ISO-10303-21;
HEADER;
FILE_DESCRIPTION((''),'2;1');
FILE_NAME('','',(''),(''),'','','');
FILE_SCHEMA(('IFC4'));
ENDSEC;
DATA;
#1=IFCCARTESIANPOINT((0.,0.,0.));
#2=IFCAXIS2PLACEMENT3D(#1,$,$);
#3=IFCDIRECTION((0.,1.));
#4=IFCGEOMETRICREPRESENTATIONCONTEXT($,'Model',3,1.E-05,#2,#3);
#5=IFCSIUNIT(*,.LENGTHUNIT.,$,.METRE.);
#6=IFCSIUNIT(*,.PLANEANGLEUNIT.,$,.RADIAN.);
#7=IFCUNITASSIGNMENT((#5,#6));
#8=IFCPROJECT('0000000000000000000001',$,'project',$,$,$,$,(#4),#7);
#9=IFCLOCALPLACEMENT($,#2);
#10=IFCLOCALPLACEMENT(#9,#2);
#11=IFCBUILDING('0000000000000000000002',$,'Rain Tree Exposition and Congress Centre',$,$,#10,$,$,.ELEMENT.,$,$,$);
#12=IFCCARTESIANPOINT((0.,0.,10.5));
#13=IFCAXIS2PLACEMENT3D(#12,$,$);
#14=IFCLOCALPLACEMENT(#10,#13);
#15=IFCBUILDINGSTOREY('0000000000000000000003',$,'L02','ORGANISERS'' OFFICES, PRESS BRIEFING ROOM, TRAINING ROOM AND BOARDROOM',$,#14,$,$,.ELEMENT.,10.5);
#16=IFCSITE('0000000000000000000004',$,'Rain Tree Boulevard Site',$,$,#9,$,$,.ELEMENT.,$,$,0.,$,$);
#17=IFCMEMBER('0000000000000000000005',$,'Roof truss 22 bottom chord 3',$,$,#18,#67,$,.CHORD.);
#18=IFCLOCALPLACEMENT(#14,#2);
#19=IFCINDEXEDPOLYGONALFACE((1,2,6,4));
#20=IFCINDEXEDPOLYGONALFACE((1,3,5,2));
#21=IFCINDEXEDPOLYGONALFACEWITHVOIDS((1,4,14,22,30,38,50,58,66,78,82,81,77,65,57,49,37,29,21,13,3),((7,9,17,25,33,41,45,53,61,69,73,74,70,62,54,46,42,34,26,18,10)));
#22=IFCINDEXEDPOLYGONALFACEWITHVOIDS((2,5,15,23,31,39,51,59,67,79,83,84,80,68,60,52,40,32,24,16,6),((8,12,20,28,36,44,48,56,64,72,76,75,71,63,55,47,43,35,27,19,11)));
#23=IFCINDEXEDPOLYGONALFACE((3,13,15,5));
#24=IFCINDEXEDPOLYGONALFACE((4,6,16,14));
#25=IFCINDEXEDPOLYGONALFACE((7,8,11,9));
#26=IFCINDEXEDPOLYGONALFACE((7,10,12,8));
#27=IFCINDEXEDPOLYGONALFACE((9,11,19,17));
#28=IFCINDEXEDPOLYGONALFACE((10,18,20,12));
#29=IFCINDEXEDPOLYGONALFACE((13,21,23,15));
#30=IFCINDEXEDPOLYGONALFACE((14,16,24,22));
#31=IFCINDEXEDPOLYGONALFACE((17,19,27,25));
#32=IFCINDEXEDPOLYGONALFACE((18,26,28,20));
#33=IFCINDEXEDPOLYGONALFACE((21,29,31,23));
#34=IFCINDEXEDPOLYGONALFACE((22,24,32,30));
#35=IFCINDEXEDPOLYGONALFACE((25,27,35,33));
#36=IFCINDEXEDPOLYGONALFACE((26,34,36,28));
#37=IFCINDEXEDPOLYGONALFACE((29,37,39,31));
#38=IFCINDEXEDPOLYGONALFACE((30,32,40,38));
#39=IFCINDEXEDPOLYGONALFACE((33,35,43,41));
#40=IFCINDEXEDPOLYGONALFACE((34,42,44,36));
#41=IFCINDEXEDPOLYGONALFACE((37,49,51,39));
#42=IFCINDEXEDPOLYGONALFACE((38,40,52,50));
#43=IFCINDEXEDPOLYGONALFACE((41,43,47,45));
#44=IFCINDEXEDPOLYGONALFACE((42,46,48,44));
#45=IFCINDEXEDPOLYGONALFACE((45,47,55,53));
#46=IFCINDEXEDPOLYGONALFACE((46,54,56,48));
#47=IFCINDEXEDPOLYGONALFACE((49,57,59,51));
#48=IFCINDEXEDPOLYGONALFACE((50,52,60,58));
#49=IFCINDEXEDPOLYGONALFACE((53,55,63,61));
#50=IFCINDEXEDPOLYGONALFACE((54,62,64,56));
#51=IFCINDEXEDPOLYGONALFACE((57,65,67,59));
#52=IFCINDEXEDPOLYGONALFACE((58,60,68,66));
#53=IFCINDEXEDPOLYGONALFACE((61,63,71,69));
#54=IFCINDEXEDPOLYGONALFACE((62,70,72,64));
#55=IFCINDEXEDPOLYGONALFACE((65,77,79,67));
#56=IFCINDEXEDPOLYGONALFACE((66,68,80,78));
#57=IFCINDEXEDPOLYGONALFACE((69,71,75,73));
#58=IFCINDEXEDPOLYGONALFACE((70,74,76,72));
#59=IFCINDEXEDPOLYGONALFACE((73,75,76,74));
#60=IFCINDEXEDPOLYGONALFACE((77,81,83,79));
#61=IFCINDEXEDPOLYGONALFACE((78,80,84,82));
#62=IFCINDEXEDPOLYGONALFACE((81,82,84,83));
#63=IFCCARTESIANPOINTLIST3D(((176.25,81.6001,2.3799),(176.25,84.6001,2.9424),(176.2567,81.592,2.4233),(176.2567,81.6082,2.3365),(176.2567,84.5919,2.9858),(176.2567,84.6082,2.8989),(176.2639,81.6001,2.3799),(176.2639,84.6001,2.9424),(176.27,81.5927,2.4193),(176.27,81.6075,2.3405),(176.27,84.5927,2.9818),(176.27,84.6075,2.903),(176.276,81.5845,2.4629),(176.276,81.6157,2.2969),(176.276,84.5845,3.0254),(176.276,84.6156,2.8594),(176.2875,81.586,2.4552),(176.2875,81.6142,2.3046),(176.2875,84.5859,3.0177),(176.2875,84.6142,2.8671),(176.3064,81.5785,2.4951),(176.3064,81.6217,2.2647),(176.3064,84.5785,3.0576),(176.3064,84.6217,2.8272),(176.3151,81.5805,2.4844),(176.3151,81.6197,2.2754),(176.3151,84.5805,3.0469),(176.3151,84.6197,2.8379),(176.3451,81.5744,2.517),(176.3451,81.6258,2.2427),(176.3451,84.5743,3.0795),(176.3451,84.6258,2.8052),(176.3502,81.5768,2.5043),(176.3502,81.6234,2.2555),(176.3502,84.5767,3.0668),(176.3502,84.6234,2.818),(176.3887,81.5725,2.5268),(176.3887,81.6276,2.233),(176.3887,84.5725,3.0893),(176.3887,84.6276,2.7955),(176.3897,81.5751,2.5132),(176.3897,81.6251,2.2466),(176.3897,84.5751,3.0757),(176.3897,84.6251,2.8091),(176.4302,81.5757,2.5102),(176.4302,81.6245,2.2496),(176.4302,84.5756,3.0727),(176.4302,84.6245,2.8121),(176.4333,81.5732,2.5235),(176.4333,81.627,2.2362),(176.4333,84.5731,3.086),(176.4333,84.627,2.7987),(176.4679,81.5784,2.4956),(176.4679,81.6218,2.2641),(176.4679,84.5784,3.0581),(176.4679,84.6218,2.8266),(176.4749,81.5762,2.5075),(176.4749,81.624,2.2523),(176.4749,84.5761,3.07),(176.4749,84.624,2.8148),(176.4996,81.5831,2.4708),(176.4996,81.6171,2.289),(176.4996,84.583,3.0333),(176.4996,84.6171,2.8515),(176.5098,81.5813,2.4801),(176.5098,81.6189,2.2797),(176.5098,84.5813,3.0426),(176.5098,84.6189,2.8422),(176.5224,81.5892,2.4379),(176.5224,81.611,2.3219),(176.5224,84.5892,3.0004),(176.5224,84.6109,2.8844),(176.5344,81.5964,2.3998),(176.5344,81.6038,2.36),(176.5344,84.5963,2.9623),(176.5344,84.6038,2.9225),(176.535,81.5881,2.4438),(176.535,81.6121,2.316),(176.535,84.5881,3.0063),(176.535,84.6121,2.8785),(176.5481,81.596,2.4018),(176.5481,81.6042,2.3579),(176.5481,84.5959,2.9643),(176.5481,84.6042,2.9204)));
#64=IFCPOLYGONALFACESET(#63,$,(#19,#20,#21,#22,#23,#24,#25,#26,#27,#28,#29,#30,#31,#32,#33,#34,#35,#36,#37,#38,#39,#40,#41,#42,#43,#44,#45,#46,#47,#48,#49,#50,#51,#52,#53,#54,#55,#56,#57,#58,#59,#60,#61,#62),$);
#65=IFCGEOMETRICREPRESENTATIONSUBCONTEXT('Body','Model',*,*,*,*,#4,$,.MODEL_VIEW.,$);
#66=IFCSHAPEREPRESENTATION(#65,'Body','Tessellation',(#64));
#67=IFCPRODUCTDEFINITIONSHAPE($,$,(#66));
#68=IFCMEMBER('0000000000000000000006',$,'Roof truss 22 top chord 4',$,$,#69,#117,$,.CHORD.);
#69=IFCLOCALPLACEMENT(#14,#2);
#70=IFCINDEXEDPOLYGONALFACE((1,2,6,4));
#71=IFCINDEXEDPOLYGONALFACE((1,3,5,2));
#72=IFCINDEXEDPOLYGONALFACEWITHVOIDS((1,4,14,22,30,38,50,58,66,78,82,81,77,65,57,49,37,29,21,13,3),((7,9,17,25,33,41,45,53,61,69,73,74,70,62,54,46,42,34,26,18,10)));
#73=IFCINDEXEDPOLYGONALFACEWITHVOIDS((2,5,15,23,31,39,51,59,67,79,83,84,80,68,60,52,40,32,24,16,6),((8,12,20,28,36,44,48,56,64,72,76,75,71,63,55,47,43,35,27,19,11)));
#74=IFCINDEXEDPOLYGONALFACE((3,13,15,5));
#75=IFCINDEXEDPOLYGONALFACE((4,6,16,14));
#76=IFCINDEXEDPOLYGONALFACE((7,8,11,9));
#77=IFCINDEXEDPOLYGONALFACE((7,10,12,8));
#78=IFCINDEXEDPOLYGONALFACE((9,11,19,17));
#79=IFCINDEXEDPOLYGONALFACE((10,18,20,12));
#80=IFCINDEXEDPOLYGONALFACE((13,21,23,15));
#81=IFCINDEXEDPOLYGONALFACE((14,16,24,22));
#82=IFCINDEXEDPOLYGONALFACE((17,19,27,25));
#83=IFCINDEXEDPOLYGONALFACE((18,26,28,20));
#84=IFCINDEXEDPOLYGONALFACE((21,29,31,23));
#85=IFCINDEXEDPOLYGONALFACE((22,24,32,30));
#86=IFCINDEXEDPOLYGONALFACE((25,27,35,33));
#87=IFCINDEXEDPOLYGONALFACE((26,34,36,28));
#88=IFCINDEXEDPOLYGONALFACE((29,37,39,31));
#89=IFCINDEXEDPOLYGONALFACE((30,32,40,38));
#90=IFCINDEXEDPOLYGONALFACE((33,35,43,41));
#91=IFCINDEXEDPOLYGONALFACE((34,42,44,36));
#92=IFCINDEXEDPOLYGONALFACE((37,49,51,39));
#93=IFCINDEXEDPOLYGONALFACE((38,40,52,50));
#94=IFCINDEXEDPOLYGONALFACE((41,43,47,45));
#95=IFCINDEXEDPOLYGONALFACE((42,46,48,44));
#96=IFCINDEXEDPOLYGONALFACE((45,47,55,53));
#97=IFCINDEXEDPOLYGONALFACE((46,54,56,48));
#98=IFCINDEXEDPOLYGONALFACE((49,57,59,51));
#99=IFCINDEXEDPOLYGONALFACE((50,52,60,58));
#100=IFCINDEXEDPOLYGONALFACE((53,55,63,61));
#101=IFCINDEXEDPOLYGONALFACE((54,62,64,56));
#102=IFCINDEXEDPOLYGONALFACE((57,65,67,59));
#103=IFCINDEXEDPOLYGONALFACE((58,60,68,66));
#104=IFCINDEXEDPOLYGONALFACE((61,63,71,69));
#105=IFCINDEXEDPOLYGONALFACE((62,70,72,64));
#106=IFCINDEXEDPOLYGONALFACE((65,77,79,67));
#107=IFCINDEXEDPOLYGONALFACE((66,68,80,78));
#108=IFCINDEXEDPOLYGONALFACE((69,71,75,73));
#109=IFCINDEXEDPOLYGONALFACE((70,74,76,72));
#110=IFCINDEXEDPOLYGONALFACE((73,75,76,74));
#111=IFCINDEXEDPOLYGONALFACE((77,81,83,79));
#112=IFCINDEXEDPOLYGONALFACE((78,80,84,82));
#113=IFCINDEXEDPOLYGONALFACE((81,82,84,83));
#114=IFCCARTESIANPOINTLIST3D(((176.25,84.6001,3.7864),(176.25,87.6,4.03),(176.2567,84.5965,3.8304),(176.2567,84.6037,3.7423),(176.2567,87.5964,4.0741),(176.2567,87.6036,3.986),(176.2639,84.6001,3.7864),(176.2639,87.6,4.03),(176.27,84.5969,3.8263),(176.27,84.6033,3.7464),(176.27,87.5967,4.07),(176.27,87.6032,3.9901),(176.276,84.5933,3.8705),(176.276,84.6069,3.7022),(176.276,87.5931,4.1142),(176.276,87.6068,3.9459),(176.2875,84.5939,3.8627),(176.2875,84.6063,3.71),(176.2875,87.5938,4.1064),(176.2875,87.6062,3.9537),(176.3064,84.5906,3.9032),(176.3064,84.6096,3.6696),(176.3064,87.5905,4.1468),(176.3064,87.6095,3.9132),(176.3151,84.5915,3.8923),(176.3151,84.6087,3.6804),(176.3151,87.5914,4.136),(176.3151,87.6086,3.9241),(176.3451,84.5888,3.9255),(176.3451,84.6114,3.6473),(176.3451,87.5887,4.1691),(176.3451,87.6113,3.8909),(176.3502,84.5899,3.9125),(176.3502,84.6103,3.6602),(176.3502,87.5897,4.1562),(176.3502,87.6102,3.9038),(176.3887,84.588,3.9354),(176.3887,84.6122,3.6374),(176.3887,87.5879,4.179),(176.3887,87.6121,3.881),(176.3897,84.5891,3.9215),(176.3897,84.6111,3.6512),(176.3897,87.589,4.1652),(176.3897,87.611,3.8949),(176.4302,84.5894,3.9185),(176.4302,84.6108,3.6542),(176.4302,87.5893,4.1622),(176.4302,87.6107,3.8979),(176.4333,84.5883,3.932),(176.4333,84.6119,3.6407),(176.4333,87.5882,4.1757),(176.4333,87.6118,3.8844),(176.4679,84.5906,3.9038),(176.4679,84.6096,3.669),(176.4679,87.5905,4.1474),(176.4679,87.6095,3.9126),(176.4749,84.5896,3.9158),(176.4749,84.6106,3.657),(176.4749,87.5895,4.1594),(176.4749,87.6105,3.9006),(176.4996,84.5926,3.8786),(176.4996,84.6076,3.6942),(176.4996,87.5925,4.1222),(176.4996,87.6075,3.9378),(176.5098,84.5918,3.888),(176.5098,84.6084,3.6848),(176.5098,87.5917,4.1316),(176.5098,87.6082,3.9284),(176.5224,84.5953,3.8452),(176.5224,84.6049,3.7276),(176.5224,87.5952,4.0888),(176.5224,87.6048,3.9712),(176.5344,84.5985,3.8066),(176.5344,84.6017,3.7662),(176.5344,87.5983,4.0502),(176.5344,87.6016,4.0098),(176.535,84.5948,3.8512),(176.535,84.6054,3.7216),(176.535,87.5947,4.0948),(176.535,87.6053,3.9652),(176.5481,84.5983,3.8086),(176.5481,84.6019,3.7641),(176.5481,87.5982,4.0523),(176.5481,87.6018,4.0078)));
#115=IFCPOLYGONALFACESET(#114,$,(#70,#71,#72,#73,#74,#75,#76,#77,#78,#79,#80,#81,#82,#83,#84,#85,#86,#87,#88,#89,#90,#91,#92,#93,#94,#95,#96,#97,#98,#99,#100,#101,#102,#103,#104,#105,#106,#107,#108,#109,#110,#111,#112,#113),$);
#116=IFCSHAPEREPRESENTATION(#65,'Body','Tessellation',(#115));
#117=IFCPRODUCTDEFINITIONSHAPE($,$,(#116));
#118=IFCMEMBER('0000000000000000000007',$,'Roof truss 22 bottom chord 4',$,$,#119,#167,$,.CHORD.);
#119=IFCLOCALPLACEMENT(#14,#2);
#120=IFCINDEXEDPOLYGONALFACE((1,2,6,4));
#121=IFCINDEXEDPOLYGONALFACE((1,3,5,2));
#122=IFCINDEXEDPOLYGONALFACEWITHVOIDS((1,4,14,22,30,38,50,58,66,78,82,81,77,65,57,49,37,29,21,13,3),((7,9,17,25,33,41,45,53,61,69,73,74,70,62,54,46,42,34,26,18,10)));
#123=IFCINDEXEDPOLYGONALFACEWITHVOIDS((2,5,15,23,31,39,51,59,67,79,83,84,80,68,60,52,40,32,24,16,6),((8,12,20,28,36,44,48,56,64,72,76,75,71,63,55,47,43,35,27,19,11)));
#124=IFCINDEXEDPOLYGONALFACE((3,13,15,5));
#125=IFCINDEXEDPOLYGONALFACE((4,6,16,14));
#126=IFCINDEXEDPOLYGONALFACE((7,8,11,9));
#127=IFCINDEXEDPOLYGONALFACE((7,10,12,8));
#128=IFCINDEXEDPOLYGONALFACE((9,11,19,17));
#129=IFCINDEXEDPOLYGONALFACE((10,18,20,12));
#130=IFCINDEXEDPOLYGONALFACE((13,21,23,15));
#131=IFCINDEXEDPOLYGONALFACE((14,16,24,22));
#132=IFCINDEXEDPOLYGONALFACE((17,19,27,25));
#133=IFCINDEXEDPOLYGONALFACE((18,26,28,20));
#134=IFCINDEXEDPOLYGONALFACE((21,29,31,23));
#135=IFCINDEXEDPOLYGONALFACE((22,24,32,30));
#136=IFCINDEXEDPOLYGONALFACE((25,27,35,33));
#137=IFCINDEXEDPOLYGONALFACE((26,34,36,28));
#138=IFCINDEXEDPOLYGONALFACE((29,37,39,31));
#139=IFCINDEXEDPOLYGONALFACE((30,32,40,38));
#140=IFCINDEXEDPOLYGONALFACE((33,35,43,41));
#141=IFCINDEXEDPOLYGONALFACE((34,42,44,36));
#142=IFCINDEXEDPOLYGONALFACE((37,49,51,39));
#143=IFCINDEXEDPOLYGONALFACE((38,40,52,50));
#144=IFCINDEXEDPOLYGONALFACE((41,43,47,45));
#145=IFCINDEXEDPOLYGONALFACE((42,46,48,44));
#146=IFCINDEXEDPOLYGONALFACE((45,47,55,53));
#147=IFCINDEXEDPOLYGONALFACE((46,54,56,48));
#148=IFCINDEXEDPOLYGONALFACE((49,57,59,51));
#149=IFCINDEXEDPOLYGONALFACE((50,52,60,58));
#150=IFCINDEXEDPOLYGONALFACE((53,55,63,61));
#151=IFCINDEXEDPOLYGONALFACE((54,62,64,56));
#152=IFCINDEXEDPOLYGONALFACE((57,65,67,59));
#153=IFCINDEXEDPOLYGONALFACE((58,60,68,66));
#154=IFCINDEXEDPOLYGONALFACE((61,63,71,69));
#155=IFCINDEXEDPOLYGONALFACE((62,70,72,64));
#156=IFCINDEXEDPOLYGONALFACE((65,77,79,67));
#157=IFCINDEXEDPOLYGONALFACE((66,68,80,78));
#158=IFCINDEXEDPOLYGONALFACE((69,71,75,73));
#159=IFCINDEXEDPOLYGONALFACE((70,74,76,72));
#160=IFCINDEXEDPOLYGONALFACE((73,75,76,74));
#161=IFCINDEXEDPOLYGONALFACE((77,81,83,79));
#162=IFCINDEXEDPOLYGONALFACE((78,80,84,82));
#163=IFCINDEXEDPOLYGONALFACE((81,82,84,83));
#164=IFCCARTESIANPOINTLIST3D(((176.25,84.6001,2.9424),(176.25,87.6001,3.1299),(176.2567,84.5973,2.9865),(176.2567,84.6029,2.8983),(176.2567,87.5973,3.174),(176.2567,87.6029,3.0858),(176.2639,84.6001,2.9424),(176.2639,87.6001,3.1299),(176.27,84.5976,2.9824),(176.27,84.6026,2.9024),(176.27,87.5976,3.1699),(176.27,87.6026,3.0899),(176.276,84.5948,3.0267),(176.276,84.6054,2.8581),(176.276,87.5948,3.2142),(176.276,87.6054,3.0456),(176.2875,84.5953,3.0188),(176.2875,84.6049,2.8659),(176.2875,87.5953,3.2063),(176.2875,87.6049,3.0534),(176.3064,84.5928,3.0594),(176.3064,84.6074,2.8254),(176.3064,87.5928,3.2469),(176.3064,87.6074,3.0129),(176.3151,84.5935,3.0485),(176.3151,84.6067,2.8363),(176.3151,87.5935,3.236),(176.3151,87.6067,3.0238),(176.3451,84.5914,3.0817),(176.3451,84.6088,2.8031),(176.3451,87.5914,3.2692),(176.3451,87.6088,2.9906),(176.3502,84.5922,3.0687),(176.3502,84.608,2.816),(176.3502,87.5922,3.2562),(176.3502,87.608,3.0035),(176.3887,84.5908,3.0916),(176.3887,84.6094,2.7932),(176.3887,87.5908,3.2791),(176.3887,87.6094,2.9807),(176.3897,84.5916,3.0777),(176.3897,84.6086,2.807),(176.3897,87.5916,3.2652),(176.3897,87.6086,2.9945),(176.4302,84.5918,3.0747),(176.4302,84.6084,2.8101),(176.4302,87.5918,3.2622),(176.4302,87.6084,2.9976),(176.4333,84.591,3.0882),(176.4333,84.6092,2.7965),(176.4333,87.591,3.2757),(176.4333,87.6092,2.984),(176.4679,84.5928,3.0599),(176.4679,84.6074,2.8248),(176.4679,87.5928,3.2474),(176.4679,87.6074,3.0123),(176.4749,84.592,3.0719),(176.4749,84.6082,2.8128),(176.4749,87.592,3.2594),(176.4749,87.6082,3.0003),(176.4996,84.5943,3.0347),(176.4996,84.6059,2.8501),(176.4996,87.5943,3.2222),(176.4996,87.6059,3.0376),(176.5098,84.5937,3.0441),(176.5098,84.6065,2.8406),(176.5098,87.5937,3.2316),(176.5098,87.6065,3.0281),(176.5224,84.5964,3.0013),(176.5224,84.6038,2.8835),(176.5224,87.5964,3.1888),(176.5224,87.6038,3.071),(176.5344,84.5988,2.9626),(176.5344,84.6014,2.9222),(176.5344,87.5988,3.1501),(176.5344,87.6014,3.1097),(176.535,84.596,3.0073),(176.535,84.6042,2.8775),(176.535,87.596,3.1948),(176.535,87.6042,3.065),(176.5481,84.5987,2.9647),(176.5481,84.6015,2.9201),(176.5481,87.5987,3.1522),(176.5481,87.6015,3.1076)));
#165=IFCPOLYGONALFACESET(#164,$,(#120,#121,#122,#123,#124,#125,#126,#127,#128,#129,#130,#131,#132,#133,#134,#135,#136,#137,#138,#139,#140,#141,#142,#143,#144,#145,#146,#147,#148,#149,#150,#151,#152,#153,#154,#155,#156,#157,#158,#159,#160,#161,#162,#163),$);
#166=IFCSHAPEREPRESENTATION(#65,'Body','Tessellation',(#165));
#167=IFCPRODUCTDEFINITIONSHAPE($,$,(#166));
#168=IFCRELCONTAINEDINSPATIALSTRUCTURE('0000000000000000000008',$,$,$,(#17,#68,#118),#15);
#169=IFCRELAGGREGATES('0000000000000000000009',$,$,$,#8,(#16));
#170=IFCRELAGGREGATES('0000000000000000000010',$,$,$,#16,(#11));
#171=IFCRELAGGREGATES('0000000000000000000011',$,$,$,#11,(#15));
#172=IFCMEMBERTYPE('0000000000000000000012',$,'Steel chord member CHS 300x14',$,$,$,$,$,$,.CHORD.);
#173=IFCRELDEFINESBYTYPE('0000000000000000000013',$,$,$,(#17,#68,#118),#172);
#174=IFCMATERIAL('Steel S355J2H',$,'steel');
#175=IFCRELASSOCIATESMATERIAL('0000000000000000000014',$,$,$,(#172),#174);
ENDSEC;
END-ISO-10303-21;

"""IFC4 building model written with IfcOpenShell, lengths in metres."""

from ifc_helpers import new_model, si_unit, direction, frame, origin, origin_2d, place, context, subcontext, project, spatial, hollow_circle, extrude, material, material_profile, profile_set, type_object, element, save


model = new_model("IFC4")

# Units and contexts
model_context = context("Model", 3, precision=1e-05, world=origin(), true_north=direction((0.0, 1.0)))
body_context = subcontext(model_context, "Body", "Model", "MODEL_VIEW")
ifc_project = project(units=[si_unit("LENGTHUNIT", "METRE"), si_unit("PLANEANGLEUNIT", "RADIAN")], contexts=[model_context])

# Site, building, storey
site_placement = place(None, origin())
site = spatial("IfcSite", under=ifc_project, at=site_placement, Name="Rain Tree Boulevard Site", CompositionType="ELEMENT", RefElevation=0.0)
building_placement = place(site_placement, origin())
building = spatial("IfcBuilding", under=site, at=building_placement, Name="Rain Tree Exposition and Congress Centre", CompositionType="ELEMENT")
storey_placement = place(building_placement, frame((0.0, 0.0, 10.5)))
storey = spatial("IfcBuildingStorey", under=building, at=storey_placement, Name="L02", Description="ORGANISERS' OFFICES, PRESS BRIEFING ROOM, TRAINING ROOM AND BOARDROOM", CompositionType="ELEMENT", Elevation=10.5)

# Members
ifc_material_1 = material(Name="Steel S355J2H", Category="steel")
ifc_material_profile_1 = material_profile(ifc_material_1, hollow_circle(Radius=0.1499, WallThickness=0.0139, at=origin_2d()), Name="CHS 300x14")
ifc_profile_set_1 = profile_set([ifc_material_profile_1], Name="Steel S355J2H")
member_type_1 = type_object("IfcMemberType", Name="Steel chord member CHS 300x14", PredefinedType="CHORD", material=ifc_profile_set_1)
member_1_placement = place(storey_placement, frame((176.3999, 81.6001, 2.3799), z_axis=(0.0, 0.982872, 0.184289), x_axis=(-1.0, 0.0, 0.0)))
element("IfcMember", 1, at=member_1_placement, inside=storey, type_object=member_type_1, Name="Roof truss 22 bottom chord 3", PredefinedType="CHORD", context=body_context, shape_type="SweptSolid", body=[
    extrude(hollow_circle(Radius=0.1499, WallThickness=0.0139, at=origin_2d()), origin(), (0.0, 0.0, 1.0), 3.0522),
])
member_2_placement = place(storey_placement, frame((176.3999, 84.6001, 3.7864), z_axis=(0.0, 0.996718, 0.080951), x_axis=(-1.0, 0.0, 0.0)))
element("IfcMember", 2, at=member_2_placement, inside=storey, type_object=member_type_1, Name="Roof truss 22 top chord 4", PredefinedType="CHORD", context=body_context, shape_type="SweptSolid", body=[
    extrude(hollow_circle(Radius=0.1499, WallThickness=0.0139, at=origin_2d()), origin(), (0.0, 0.0, 1.0), 3.0098),
])
member_3_placement = place(storey_placement, frame((176.3999, 84.6001, 2.9424), z_axis=(0.0, 0.998053, 0.062378), x_axis=(-1.0, 0.0, 0.0)))
element("IfcMember", 3, at=member_3_placement, inside=storey, type_object=member_type_1, Name="Roof truss 22 bottom chord 4", PredefinedType="CHORD", context=body_context, shape_type="SweptSolid", body=[
    extrude(hollow_circle(Radius=0.1499, WallThickness=0.0139, at=origin_2d()), origin(), (0.0, 0.0, 1.0), 3.0059),
])

save(model, "model.ifc")
